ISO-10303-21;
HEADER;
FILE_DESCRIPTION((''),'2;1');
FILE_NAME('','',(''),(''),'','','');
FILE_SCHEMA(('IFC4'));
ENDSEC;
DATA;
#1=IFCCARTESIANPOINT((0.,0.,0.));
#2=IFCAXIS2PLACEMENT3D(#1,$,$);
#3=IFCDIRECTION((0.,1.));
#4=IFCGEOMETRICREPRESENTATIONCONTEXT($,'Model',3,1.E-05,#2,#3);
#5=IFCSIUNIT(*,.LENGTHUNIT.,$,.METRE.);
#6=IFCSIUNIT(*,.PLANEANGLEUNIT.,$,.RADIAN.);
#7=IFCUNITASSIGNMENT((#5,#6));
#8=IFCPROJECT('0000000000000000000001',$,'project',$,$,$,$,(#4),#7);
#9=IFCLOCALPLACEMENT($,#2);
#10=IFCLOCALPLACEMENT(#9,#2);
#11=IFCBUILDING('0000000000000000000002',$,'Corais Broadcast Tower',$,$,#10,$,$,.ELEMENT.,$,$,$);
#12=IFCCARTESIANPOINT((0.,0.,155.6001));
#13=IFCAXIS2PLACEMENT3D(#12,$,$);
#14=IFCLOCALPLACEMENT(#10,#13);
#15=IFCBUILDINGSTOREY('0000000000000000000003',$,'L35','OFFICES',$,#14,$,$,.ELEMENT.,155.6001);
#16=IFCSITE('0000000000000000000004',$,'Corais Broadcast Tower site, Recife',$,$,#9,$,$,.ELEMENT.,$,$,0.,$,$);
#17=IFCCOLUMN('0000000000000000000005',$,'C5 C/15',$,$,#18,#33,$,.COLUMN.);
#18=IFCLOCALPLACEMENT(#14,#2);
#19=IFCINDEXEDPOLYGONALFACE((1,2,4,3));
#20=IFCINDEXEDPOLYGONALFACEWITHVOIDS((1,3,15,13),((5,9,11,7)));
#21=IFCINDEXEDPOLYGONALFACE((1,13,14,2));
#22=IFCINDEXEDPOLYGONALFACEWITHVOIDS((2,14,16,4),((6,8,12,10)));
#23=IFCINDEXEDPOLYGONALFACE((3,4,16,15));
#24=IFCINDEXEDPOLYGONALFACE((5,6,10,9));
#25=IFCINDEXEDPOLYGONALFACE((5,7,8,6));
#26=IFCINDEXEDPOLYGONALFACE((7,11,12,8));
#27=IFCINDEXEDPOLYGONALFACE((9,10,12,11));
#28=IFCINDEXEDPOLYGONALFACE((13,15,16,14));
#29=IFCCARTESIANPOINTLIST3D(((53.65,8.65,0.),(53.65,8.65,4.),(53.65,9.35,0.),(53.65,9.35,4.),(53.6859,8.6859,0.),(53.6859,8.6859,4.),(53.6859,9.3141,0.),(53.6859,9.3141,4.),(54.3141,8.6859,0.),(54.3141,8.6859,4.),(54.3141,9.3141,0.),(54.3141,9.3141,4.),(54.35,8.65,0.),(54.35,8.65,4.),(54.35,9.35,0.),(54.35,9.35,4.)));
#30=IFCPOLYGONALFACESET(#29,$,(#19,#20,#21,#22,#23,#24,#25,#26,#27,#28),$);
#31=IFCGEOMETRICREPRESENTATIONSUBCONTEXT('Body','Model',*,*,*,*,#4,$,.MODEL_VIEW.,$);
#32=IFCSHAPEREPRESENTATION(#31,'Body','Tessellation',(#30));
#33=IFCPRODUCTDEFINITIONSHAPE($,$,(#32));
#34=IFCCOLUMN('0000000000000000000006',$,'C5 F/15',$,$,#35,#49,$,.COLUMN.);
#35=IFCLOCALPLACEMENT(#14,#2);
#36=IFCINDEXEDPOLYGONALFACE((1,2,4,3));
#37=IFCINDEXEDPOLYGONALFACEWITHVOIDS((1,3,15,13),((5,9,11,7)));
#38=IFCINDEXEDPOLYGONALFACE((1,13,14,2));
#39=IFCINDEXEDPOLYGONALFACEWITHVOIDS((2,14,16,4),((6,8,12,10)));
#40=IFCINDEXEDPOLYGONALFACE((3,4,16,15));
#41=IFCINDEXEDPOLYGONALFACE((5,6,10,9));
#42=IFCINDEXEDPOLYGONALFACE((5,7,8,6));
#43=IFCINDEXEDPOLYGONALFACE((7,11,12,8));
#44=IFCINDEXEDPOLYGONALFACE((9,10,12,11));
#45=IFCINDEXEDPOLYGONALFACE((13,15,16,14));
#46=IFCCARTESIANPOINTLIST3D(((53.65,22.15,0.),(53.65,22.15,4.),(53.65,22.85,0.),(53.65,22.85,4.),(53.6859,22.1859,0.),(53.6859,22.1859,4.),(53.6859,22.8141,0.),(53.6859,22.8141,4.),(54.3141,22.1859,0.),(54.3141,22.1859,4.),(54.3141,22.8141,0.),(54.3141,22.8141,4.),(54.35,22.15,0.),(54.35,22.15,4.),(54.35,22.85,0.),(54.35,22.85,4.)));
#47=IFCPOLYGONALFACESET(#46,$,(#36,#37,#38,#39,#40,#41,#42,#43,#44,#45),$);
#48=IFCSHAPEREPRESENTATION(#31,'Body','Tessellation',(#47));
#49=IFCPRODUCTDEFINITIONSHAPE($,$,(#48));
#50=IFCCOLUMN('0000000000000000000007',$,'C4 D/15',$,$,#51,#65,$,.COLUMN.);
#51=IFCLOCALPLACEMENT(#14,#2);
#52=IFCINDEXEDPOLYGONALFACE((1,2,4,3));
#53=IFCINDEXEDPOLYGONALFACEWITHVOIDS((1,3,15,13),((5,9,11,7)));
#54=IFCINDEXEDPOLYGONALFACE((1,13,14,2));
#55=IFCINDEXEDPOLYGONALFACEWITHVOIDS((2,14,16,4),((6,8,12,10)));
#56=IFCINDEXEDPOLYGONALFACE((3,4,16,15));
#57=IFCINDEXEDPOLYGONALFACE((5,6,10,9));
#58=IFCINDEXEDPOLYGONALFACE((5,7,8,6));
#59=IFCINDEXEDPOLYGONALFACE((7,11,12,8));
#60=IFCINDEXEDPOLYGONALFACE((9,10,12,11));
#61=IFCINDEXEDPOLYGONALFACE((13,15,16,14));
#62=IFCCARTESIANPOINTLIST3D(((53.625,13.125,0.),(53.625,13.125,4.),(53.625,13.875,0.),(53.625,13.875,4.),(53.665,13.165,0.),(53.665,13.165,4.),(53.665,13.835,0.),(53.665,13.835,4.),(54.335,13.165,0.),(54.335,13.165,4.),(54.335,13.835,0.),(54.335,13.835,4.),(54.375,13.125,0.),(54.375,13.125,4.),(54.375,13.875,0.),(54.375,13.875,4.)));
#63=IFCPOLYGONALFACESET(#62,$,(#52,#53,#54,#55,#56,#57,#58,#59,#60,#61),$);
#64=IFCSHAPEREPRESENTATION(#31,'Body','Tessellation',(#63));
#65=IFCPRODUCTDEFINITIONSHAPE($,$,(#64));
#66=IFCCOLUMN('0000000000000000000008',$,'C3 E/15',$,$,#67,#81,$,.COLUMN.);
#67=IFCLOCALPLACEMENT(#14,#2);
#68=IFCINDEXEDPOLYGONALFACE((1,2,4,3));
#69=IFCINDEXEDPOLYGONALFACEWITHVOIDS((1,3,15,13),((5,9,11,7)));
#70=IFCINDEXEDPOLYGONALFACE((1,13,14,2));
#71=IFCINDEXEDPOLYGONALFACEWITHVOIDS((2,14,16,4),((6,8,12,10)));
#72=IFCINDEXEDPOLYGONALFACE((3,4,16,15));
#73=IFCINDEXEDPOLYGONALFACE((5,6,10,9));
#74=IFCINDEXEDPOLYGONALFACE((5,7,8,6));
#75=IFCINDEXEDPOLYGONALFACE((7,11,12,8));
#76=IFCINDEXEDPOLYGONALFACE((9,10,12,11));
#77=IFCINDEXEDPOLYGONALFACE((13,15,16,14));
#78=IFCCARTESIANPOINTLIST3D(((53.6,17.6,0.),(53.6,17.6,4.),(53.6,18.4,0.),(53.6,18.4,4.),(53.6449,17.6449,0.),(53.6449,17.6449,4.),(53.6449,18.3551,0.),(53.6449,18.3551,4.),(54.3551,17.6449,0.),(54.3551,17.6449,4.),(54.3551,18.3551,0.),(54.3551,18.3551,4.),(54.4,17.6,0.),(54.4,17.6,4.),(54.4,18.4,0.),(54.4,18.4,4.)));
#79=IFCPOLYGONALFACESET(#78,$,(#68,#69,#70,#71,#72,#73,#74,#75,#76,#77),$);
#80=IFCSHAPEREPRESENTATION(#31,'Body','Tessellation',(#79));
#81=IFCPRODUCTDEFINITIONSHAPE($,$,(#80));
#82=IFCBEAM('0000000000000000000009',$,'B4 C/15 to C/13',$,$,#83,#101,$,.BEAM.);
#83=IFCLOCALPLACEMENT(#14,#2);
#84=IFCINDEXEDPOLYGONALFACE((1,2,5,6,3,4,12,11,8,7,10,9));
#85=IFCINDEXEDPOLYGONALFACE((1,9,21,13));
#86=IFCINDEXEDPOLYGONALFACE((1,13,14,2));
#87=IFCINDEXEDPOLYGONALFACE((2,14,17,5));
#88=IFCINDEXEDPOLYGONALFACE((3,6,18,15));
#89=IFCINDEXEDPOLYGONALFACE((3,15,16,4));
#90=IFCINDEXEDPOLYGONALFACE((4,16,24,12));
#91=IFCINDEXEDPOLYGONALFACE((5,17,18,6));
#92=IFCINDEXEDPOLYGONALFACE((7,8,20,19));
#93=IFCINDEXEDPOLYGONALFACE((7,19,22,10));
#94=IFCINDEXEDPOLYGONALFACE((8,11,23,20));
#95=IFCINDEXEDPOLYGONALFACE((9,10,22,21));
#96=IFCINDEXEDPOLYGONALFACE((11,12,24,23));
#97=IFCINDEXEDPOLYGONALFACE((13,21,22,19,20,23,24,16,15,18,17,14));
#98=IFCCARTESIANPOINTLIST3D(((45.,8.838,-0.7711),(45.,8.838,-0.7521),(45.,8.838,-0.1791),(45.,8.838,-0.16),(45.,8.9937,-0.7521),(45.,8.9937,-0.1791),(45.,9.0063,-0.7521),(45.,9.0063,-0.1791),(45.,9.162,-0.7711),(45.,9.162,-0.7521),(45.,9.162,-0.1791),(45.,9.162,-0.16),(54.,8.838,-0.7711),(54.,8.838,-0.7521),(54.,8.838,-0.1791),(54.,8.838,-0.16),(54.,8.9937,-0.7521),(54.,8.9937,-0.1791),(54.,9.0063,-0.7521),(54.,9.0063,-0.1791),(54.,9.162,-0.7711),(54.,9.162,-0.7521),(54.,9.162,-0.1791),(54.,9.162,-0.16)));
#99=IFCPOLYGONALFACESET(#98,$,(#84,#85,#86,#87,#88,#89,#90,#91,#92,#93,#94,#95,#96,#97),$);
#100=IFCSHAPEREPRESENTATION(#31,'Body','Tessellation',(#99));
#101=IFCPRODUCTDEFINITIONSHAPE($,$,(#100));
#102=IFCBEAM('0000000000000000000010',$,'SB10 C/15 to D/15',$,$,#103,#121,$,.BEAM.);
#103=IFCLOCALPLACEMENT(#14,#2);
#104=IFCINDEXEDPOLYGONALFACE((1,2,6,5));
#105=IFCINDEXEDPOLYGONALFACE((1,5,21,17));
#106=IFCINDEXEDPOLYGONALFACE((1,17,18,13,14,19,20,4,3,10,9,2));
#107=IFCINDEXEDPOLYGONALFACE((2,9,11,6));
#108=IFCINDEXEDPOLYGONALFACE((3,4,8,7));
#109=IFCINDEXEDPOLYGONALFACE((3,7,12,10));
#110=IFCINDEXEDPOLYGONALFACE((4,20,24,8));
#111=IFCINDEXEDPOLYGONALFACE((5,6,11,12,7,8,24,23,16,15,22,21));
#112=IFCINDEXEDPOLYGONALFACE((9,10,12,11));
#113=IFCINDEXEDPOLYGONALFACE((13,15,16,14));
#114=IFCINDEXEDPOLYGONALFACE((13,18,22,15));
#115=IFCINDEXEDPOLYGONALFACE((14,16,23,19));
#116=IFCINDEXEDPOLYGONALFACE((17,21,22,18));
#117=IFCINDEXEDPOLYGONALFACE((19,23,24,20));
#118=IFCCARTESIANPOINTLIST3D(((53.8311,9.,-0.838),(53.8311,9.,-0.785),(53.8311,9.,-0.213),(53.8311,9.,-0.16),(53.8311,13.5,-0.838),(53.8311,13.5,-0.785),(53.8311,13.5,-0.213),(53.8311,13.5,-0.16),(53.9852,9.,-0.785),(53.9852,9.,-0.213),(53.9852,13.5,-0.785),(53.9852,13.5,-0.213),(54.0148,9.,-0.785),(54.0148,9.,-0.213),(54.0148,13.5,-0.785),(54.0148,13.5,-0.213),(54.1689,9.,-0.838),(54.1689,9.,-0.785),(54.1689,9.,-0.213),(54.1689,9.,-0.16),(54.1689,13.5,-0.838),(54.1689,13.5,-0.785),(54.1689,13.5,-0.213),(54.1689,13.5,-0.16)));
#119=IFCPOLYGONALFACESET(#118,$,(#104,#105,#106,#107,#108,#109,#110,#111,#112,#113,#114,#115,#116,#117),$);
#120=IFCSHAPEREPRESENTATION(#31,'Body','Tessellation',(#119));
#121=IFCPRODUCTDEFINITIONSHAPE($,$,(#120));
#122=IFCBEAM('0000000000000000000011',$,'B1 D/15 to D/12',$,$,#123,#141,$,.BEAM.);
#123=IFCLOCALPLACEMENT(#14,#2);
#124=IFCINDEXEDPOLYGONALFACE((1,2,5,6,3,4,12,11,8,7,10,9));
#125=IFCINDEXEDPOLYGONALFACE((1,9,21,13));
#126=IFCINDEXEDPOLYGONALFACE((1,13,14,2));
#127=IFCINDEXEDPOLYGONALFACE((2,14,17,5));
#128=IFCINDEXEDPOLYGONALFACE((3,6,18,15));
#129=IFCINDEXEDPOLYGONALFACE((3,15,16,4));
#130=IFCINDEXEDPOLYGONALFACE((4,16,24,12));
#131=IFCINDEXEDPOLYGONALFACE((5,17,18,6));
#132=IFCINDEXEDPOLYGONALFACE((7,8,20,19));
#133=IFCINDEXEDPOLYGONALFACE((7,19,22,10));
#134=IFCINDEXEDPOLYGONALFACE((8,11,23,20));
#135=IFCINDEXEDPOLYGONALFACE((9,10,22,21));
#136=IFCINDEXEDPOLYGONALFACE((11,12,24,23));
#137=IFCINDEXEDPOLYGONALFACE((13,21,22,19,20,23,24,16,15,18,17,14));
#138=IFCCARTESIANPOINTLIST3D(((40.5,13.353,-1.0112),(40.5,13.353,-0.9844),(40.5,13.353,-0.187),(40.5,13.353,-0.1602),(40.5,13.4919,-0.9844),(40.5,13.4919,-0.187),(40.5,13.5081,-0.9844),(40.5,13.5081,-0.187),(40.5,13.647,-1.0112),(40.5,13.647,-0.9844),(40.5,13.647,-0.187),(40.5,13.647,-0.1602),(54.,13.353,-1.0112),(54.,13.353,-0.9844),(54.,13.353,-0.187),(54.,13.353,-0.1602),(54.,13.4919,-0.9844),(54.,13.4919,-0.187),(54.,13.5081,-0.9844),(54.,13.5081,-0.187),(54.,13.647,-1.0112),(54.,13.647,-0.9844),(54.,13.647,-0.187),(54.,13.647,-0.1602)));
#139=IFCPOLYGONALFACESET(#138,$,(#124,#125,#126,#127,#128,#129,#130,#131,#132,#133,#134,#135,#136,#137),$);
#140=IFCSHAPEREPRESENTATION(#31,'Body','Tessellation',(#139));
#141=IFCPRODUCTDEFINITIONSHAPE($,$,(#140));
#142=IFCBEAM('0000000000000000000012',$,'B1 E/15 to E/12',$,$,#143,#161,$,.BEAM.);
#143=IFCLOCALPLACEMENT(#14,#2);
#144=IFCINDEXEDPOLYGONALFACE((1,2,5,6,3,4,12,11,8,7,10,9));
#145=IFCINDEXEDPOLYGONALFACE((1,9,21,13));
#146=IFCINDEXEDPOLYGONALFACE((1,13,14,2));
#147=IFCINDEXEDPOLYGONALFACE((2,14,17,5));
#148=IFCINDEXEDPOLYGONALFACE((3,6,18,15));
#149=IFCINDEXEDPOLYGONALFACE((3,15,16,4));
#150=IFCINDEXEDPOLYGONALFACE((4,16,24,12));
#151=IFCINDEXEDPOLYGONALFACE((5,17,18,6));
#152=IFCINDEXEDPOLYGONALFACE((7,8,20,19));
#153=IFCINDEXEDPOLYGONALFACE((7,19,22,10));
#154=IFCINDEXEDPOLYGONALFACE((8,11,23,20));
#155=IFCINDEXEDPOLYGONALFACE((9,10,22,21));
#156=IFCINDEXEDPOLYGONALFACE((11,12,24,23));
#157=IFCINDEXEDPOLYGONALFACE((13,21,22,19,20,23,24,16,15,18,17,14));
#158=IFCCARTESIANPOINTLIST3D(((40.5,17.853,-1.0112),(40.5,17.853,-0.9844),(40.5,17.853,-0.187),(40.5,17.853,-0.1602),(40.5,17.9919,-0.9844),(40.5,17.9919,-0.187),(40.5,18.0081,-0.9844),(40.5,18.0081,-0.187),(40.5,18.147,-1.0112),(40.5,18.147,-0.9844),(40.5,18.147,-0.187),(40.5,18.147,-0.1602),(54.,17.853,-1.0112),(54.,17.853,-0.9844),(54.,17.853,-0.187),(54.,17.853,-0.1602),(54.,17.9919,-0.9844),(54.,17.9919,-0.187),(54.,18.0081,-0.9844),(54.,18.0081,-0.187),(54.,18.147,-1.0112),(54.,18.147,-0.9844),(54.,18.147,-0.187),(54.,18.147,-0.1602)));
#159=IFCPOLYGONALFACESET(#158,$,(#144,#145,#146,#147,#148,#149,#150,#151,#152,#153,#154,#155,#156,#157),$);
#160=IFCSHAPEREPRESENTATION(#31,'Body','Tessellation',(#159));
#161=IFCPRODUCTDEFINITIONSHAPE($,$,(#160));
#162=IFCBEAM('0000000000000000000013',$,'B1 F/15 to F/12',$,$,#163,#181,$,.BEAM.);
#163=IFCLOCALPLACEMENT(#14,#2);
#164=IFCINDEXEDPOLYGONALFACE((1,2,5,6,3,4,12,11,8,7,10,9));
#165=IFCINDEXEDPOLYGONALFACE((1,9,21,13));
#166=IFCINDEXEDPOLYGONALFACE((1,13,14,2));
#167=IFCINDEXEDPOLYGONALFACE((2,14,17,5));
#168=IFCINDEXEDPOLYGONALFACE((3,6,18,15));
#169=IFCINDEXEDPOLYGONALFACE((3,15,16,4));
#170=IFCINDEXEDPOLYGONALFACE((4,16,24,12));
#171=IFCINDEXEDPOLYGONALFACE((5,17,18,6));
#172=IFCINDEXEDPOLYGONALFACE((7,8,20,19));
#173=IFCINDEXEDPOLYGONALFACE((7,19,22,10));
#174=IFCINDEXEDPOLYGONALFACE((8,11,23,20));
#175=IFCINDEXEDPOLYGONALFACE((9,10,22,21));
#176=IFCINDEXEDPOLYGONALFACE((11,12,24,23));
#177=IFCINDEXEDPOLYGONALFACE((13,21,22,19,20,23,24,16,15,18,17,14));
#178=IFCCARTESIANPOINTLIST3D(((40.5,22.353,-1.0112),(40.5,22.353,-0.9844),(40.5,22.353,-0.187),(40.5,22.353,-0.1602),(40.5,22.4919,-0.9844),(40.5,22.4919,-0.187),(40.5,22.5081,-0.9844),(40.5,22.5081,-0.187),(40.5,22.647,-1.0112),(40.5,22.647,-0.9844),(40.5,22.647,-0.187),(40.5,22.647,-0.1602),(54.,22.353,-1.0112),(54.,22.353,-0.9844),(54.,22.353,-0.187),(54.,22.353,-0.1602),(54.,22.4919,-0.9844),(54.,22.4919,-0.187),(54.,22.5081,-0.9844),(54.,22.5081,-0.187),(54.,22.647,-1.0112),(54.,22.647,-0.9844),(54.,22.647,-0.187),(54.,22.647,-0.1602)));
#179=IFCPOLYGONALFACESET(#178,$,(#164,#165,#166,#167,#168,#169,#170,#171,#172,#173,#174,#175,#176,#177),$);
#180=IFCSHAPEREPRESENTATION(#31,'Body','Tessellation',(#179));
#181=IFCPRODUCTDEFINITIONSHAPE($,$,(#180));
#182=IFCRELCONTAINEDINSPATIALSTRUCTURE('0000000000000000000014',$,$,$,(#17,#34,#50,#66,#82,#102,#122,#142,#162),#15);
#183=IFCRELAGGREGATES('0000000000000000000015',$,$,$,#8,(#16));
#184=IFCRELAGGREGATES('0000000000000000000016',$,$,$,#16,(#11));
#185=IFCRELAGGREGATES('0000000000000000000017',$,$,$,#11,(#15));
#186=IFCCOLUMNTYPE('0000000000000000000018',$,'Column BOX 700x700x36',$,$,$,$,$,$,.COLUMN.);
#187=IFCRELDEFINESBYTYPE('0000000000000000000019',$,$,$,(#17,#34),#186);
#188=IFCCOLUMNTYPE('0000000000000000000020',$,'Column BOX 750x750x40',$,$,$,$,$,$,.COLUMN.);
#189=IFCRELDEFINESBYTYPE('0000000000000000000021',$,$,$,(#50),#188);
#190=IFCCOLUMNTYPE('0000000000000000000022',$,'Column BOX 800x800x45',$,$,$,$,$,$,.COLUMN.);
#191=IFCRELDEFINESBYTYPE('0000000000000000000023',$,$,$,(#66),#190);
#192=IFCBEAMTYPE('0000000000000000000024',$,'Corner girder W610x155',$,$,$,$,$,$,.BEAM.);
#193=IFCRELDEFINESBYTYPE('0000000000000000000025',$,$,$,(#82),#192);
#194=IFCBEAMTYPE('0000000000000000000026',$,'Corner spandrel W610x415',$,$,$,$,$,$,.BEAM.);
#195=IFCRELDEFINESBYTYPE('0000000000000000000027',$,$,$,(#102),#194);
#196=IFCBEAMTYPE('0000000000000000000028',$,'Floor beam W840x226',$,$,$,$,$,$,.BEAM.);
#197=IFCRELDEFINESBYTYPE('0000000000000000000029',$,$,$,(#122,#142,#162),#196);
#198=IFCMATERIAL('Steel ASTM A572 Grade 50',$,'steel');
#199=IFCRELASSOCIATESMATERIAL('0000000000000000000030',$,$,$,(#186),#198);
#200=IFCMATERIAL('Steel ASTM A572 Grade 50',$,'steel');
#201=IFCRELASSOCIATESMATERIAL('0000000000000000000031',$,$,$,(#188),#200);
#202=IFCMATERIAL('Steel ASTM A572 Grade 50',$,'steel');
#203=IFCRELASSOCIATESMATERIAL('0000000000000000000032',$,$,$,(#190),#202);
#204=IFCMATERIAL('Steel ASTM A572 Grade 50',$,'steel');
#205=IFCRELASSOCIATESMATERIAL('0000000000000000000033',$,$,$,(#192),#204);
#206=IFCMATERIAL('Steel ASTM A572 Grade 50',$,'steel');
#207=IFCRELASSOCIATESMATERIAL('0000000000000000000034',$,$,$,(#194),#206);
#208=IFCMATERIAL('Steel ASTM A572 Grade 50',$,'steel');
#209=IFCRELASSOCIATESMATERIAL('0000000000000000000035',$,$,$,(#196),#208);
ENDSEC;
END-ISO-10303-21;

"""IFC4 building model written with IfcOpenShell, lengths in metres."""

from ifc_helpers import new_model, si_unit, direction, frame, origin, origin_2d, place, context, subcontext, project, spatial, hollow_rectangle, i_section, extrude, material, material_profile, profile_set, type_object, element, save


model = new_model("IFC4")

# Units and contexts
model_context = context("Model", 3, precision=1e-05, world=origin(), true_north=direction((0.0, 1.0)))
body_context = subcontext(model_context, "Body", "Model", "MODEL_VIEW")
ifc_project = project(units=[si_unit("LENGTHUNIT", "METRE"), si_unit("PLANEANGLEUNIT", "RADIAN")], contexts=[model_context])

# Site, building, storey
site_placement = place(None, origin())
site = spatial("IfcSite", under=ifc_project, at=site_placement, Name="Corais Broadcast Tower site, Recife", CompositionType="ELEMENT", RefElevation=0.0)
building_placement = place(site_placement, origin())
building = spatial("IfcBuilding", under=site, at=building_placement, Name="Corais Broadcast Tower", CompositionType="ELEMENT")
storey_placement = place(building_placement, frame((0.0, 0.0, 155.6001)))
storey = spatial("IfcBuildingStorey", under=building, at=storey_placement, Name="L35", Description="OFFICES", CompositionType="ELEMENT", Elevation=155.6001)

# Columns
ifc_material_1 = material(Name="Steel ASTM A572 Grade 50", Category="steel")
ifc_material_profile_1 = material_profile(ifc_material_1, hollow_rectangle(XDim=0.7, YDim=0.7, WallThickness=0.0359, at=origin_2d()), Name="BOX 700x700x36")
ifc_profile_set_1 = profile_set([ifc_material_profile_1], Name="Steel ASTM A572 Grade 50")
column_type_1 = type_object("IfcColumnType", Name="Column BOX 700x700x36", PredefinedType="COLUMN", material=ifc_profile_set_1)
for number, where, z_axis, x_axis, name in (
    (1, (54.0, 9.0, 0.0), (0.0, 0.0, 1.0), (1.0, 0.0, 0.0), "C5 C/15"),
    (2, (54.0, 22.5, 0.0), (0.0, 0.0, 1.0), (1.0, 0.0, 0.0), "C5 F/15"),
):
    element("IfcColumn", number, at=place(storey_placement, frame(where, z_axis=z_axis, x_axis=x_axis)), inside=storey, type_object=column_type_1, Name=name, PredefinedType="COLUMN", context=body_context, shape_type="SweptSolid", body=[
        extrude(hollow_rectangle(XDim=0.7, YDim=0.7, WallThickness=0.0359, at=origin_2d()), origin(), (0.0, 0.0, 1.0), 4.0),
    ])
ifc_material_2 = material(Name="Steel ASTM A572 Grade 50", Category="steel")
ifc_material_profile_2 = material_profile(ifc_material_2, hollow_rectangle(XDim=0.75, YDim=0.75, WallThickness=0.04, at=origin_2d()), Name="BOX 750x750x40")
ifc_profile_set_2 = profile_set([ifc_material_profile_2], Name="Steel ASTM A572 Grade 50")
column_type_2 = type_object("IfcColumnType", Name="Column BOX 750x750x40", PredefinedType="COLUMN", material=ifc_profile_set_2)
column_1_placement = place(storey_placement, frame((54.0, 13.5, 0.0), z_axis=(0.0, 0.0, 1.0), x_axis=(1.0, 0.0, 0.0)))
element("IfcColumn", 3, at=column_1_placement, inside=storey, type_object=column_type_2, Name="C4 D/15", PredefinedType="COLUMN", context=body_context, shape_type="SweptSolid", body=[
    extrude(hollow_rectangle(XDim=0.75, YDim=0.75, WallThickness=0.04, at=origin_2d()), origin(), (0.0, 0.0, 1.0), 4.0),
])
ifc_material_3 = material(Name="Steel ASTM A572 Grade 50", Category="steel")
ifc_material_profile_3 = material_profile(ifc_material_3, hollow_rectangle(XDim=0.8, YDim=0.8, WallThickness=0.0449, at=origin_2d()), Name="BOX 800x800x45")
ifc_profile_set_3 = profile_set([ifc_material_profile_3], Name="Steel ASTM A572 Grade 50")
column_type_3 = type_object("IfcColumnType", Name="Column BOX 800x800x45", PredefinedType="COLUMN", material=ifc_profile_set_3)
column_2_placement = place(storey_placement, frame((54.0, 18.0, 0.0), z_axis=(0.0, 0.0, 1.0), x_axis=(1.0, 0.0, 0.0)))
element("IfcColumn", 4, at=column_2_placement, inside=storey, type_object=column_type_3, Name="C3 E/15", PredefinedType="COLUMN", context=body_context, shape_type="SweptSolid", body=[
    extrude(hollow_rectangle(XDim=0.8, YDim=0.8, WallThickness=0.0449, at=origin_2d()), origin(), (0.0, 0.0, 1.0), 4.0),
])

# Beams
ifc_material_4 = material(Name="Steel ASTM A572 Grade 50", Category="steel")
ifc_material_profile_4 = material_profile(ifc_material_4, i_section(OverallWidth=0.324, OverallDepth=0.6111, WebThickness=0.0127, FlangeThickness=0.019, at=origin_2d()), Name="W610x155")
ifc_profile_set_4 = profile_set([ifc_material_profile_4], Name="Steel ASTM A572 Grade 50")
beam_type_1 = type_object("IfcBeamType", Name="Corner girder W610x155", PredefinedType="BEAM", material=ifc_profile_set_4)
beam_1_placement = place(storey_placement, frame((54.0, 9.0, -0.4656), z_axis=(-1.0, 0.0, 0.0), x_axis=(0.0, -1.0, 0.0)))
element("IfcBeam", 5, at=beam_1_placement, inside=storey, type_object=beam_type_1, Name="B4 C/15 to C/13", PredefinedType="BEAM", context=body_context, shape_type="SweptSolid", body=[
    extrude(i_section(OverallWidth=0.324, OverallDepth=0.6111, WebThickness=0.0127, FlangeThickness=0.019, at=origin_2d()), origin(), (0.0, 0.0, 1.0), 9.0),
])
ifc_material_5 = material(Name="Steel ASTM A572 Grade 50", Category="steel")
ifc_material_profile_5 = material_profile(ifc_material_5, i_section(OverallWidth=0.3379, OverallDepth=0.678, WebThickness=0.0295, FlangeThickness=0.053, at=origin_2d()), Name="W610x415")
ifc_profile_set_5 = profile_set([ifc_material_profile_5], Name="Steel ASTM A572 Grade 50")
beam_type_2 = type_object("IfcBeamType", Name="Corner spandrel W610x415", PredefinedType="BEAM", material=ifc_profile_set_5)
beam_2_placement = place(storey_placement, frame((54.0, 9.0, -0.499), z_axis=(0.0, 1.0, 0.0), x_axis=(-1.0, 0.0, 0.0)))
element("IfcBeam", 6, at=beam_2_placement, inside=storey, type_object=beam_type_2, Name="SB10 C/15 to D/15", PredefinedType="BEAM", context=body_context, shape_type="SweptSolid", body=[
    extrude(i_section(OverallWidth=0.3379, OverallDepth=0.678, WebThickness=0.0295, FlangeThickness=0.053, at=origin_2d()), origin(), (0.0, 0.0, 1.0), 4.5),
])
ifc_material_6 = material(Name="Steel ASTM A572 Grade 50", Category="steel")
ifc_material_profile_6 = material_profile(ifc_material_6, i_section(OverallWidth=0.2939, OverallDepth=0.8511, WebThickness=0.0161, FlangeThickness=0.0269, at=origin_2d()), Name="W840x226")
ifc_profile_set_6 = profile_set([ifc_material_profile_6], Name="Steel ASTM A572 Grade 50")
beam_type_3 = type_object("IfcBeamType", Name="Floor beam W840x226", PredefinedType="BEAM", material=ifc_profile_set_6)
for number, where, z_axis, x_axis, name in (
    (7, (54.0, 13.5, -0.5857), (-1.0, 0.0, 0.0), (0.0, -1.0, 0.0), "B1 D/15 to D/12"),
    (8, (54.0, 18.0, -0.5857), (-1.0, 0.0, 0.0), (0.0, -1.0, 0.0), "B1 E/15 to E/12"),
    (9, (54.0, 22.5, -0.5857), (-1.0, 0.0, 0.0), (0.0, -1.0, 0.0), "B1 F/15 to F/12"),
):
    element("IfcBeam", number, at=place(storey_placement, frame(where, z_axis=z_axis, x_axis=x_axis)), inside=storey, type_object=beam_type_3, Name=name, PredefinedType="BEAM", context=body_context, shape_type="SweptSolid", body=[
        extrude(i_section(OverallWidth=0.2939, OverallDepth=0.8511, WebThickness=0.0161, FlangeThickness=0.0269, at=origin_2d()), origin(), (0.0, 0.0, 1.0), 13.5),
    ])

save(model, "model.ifc")
